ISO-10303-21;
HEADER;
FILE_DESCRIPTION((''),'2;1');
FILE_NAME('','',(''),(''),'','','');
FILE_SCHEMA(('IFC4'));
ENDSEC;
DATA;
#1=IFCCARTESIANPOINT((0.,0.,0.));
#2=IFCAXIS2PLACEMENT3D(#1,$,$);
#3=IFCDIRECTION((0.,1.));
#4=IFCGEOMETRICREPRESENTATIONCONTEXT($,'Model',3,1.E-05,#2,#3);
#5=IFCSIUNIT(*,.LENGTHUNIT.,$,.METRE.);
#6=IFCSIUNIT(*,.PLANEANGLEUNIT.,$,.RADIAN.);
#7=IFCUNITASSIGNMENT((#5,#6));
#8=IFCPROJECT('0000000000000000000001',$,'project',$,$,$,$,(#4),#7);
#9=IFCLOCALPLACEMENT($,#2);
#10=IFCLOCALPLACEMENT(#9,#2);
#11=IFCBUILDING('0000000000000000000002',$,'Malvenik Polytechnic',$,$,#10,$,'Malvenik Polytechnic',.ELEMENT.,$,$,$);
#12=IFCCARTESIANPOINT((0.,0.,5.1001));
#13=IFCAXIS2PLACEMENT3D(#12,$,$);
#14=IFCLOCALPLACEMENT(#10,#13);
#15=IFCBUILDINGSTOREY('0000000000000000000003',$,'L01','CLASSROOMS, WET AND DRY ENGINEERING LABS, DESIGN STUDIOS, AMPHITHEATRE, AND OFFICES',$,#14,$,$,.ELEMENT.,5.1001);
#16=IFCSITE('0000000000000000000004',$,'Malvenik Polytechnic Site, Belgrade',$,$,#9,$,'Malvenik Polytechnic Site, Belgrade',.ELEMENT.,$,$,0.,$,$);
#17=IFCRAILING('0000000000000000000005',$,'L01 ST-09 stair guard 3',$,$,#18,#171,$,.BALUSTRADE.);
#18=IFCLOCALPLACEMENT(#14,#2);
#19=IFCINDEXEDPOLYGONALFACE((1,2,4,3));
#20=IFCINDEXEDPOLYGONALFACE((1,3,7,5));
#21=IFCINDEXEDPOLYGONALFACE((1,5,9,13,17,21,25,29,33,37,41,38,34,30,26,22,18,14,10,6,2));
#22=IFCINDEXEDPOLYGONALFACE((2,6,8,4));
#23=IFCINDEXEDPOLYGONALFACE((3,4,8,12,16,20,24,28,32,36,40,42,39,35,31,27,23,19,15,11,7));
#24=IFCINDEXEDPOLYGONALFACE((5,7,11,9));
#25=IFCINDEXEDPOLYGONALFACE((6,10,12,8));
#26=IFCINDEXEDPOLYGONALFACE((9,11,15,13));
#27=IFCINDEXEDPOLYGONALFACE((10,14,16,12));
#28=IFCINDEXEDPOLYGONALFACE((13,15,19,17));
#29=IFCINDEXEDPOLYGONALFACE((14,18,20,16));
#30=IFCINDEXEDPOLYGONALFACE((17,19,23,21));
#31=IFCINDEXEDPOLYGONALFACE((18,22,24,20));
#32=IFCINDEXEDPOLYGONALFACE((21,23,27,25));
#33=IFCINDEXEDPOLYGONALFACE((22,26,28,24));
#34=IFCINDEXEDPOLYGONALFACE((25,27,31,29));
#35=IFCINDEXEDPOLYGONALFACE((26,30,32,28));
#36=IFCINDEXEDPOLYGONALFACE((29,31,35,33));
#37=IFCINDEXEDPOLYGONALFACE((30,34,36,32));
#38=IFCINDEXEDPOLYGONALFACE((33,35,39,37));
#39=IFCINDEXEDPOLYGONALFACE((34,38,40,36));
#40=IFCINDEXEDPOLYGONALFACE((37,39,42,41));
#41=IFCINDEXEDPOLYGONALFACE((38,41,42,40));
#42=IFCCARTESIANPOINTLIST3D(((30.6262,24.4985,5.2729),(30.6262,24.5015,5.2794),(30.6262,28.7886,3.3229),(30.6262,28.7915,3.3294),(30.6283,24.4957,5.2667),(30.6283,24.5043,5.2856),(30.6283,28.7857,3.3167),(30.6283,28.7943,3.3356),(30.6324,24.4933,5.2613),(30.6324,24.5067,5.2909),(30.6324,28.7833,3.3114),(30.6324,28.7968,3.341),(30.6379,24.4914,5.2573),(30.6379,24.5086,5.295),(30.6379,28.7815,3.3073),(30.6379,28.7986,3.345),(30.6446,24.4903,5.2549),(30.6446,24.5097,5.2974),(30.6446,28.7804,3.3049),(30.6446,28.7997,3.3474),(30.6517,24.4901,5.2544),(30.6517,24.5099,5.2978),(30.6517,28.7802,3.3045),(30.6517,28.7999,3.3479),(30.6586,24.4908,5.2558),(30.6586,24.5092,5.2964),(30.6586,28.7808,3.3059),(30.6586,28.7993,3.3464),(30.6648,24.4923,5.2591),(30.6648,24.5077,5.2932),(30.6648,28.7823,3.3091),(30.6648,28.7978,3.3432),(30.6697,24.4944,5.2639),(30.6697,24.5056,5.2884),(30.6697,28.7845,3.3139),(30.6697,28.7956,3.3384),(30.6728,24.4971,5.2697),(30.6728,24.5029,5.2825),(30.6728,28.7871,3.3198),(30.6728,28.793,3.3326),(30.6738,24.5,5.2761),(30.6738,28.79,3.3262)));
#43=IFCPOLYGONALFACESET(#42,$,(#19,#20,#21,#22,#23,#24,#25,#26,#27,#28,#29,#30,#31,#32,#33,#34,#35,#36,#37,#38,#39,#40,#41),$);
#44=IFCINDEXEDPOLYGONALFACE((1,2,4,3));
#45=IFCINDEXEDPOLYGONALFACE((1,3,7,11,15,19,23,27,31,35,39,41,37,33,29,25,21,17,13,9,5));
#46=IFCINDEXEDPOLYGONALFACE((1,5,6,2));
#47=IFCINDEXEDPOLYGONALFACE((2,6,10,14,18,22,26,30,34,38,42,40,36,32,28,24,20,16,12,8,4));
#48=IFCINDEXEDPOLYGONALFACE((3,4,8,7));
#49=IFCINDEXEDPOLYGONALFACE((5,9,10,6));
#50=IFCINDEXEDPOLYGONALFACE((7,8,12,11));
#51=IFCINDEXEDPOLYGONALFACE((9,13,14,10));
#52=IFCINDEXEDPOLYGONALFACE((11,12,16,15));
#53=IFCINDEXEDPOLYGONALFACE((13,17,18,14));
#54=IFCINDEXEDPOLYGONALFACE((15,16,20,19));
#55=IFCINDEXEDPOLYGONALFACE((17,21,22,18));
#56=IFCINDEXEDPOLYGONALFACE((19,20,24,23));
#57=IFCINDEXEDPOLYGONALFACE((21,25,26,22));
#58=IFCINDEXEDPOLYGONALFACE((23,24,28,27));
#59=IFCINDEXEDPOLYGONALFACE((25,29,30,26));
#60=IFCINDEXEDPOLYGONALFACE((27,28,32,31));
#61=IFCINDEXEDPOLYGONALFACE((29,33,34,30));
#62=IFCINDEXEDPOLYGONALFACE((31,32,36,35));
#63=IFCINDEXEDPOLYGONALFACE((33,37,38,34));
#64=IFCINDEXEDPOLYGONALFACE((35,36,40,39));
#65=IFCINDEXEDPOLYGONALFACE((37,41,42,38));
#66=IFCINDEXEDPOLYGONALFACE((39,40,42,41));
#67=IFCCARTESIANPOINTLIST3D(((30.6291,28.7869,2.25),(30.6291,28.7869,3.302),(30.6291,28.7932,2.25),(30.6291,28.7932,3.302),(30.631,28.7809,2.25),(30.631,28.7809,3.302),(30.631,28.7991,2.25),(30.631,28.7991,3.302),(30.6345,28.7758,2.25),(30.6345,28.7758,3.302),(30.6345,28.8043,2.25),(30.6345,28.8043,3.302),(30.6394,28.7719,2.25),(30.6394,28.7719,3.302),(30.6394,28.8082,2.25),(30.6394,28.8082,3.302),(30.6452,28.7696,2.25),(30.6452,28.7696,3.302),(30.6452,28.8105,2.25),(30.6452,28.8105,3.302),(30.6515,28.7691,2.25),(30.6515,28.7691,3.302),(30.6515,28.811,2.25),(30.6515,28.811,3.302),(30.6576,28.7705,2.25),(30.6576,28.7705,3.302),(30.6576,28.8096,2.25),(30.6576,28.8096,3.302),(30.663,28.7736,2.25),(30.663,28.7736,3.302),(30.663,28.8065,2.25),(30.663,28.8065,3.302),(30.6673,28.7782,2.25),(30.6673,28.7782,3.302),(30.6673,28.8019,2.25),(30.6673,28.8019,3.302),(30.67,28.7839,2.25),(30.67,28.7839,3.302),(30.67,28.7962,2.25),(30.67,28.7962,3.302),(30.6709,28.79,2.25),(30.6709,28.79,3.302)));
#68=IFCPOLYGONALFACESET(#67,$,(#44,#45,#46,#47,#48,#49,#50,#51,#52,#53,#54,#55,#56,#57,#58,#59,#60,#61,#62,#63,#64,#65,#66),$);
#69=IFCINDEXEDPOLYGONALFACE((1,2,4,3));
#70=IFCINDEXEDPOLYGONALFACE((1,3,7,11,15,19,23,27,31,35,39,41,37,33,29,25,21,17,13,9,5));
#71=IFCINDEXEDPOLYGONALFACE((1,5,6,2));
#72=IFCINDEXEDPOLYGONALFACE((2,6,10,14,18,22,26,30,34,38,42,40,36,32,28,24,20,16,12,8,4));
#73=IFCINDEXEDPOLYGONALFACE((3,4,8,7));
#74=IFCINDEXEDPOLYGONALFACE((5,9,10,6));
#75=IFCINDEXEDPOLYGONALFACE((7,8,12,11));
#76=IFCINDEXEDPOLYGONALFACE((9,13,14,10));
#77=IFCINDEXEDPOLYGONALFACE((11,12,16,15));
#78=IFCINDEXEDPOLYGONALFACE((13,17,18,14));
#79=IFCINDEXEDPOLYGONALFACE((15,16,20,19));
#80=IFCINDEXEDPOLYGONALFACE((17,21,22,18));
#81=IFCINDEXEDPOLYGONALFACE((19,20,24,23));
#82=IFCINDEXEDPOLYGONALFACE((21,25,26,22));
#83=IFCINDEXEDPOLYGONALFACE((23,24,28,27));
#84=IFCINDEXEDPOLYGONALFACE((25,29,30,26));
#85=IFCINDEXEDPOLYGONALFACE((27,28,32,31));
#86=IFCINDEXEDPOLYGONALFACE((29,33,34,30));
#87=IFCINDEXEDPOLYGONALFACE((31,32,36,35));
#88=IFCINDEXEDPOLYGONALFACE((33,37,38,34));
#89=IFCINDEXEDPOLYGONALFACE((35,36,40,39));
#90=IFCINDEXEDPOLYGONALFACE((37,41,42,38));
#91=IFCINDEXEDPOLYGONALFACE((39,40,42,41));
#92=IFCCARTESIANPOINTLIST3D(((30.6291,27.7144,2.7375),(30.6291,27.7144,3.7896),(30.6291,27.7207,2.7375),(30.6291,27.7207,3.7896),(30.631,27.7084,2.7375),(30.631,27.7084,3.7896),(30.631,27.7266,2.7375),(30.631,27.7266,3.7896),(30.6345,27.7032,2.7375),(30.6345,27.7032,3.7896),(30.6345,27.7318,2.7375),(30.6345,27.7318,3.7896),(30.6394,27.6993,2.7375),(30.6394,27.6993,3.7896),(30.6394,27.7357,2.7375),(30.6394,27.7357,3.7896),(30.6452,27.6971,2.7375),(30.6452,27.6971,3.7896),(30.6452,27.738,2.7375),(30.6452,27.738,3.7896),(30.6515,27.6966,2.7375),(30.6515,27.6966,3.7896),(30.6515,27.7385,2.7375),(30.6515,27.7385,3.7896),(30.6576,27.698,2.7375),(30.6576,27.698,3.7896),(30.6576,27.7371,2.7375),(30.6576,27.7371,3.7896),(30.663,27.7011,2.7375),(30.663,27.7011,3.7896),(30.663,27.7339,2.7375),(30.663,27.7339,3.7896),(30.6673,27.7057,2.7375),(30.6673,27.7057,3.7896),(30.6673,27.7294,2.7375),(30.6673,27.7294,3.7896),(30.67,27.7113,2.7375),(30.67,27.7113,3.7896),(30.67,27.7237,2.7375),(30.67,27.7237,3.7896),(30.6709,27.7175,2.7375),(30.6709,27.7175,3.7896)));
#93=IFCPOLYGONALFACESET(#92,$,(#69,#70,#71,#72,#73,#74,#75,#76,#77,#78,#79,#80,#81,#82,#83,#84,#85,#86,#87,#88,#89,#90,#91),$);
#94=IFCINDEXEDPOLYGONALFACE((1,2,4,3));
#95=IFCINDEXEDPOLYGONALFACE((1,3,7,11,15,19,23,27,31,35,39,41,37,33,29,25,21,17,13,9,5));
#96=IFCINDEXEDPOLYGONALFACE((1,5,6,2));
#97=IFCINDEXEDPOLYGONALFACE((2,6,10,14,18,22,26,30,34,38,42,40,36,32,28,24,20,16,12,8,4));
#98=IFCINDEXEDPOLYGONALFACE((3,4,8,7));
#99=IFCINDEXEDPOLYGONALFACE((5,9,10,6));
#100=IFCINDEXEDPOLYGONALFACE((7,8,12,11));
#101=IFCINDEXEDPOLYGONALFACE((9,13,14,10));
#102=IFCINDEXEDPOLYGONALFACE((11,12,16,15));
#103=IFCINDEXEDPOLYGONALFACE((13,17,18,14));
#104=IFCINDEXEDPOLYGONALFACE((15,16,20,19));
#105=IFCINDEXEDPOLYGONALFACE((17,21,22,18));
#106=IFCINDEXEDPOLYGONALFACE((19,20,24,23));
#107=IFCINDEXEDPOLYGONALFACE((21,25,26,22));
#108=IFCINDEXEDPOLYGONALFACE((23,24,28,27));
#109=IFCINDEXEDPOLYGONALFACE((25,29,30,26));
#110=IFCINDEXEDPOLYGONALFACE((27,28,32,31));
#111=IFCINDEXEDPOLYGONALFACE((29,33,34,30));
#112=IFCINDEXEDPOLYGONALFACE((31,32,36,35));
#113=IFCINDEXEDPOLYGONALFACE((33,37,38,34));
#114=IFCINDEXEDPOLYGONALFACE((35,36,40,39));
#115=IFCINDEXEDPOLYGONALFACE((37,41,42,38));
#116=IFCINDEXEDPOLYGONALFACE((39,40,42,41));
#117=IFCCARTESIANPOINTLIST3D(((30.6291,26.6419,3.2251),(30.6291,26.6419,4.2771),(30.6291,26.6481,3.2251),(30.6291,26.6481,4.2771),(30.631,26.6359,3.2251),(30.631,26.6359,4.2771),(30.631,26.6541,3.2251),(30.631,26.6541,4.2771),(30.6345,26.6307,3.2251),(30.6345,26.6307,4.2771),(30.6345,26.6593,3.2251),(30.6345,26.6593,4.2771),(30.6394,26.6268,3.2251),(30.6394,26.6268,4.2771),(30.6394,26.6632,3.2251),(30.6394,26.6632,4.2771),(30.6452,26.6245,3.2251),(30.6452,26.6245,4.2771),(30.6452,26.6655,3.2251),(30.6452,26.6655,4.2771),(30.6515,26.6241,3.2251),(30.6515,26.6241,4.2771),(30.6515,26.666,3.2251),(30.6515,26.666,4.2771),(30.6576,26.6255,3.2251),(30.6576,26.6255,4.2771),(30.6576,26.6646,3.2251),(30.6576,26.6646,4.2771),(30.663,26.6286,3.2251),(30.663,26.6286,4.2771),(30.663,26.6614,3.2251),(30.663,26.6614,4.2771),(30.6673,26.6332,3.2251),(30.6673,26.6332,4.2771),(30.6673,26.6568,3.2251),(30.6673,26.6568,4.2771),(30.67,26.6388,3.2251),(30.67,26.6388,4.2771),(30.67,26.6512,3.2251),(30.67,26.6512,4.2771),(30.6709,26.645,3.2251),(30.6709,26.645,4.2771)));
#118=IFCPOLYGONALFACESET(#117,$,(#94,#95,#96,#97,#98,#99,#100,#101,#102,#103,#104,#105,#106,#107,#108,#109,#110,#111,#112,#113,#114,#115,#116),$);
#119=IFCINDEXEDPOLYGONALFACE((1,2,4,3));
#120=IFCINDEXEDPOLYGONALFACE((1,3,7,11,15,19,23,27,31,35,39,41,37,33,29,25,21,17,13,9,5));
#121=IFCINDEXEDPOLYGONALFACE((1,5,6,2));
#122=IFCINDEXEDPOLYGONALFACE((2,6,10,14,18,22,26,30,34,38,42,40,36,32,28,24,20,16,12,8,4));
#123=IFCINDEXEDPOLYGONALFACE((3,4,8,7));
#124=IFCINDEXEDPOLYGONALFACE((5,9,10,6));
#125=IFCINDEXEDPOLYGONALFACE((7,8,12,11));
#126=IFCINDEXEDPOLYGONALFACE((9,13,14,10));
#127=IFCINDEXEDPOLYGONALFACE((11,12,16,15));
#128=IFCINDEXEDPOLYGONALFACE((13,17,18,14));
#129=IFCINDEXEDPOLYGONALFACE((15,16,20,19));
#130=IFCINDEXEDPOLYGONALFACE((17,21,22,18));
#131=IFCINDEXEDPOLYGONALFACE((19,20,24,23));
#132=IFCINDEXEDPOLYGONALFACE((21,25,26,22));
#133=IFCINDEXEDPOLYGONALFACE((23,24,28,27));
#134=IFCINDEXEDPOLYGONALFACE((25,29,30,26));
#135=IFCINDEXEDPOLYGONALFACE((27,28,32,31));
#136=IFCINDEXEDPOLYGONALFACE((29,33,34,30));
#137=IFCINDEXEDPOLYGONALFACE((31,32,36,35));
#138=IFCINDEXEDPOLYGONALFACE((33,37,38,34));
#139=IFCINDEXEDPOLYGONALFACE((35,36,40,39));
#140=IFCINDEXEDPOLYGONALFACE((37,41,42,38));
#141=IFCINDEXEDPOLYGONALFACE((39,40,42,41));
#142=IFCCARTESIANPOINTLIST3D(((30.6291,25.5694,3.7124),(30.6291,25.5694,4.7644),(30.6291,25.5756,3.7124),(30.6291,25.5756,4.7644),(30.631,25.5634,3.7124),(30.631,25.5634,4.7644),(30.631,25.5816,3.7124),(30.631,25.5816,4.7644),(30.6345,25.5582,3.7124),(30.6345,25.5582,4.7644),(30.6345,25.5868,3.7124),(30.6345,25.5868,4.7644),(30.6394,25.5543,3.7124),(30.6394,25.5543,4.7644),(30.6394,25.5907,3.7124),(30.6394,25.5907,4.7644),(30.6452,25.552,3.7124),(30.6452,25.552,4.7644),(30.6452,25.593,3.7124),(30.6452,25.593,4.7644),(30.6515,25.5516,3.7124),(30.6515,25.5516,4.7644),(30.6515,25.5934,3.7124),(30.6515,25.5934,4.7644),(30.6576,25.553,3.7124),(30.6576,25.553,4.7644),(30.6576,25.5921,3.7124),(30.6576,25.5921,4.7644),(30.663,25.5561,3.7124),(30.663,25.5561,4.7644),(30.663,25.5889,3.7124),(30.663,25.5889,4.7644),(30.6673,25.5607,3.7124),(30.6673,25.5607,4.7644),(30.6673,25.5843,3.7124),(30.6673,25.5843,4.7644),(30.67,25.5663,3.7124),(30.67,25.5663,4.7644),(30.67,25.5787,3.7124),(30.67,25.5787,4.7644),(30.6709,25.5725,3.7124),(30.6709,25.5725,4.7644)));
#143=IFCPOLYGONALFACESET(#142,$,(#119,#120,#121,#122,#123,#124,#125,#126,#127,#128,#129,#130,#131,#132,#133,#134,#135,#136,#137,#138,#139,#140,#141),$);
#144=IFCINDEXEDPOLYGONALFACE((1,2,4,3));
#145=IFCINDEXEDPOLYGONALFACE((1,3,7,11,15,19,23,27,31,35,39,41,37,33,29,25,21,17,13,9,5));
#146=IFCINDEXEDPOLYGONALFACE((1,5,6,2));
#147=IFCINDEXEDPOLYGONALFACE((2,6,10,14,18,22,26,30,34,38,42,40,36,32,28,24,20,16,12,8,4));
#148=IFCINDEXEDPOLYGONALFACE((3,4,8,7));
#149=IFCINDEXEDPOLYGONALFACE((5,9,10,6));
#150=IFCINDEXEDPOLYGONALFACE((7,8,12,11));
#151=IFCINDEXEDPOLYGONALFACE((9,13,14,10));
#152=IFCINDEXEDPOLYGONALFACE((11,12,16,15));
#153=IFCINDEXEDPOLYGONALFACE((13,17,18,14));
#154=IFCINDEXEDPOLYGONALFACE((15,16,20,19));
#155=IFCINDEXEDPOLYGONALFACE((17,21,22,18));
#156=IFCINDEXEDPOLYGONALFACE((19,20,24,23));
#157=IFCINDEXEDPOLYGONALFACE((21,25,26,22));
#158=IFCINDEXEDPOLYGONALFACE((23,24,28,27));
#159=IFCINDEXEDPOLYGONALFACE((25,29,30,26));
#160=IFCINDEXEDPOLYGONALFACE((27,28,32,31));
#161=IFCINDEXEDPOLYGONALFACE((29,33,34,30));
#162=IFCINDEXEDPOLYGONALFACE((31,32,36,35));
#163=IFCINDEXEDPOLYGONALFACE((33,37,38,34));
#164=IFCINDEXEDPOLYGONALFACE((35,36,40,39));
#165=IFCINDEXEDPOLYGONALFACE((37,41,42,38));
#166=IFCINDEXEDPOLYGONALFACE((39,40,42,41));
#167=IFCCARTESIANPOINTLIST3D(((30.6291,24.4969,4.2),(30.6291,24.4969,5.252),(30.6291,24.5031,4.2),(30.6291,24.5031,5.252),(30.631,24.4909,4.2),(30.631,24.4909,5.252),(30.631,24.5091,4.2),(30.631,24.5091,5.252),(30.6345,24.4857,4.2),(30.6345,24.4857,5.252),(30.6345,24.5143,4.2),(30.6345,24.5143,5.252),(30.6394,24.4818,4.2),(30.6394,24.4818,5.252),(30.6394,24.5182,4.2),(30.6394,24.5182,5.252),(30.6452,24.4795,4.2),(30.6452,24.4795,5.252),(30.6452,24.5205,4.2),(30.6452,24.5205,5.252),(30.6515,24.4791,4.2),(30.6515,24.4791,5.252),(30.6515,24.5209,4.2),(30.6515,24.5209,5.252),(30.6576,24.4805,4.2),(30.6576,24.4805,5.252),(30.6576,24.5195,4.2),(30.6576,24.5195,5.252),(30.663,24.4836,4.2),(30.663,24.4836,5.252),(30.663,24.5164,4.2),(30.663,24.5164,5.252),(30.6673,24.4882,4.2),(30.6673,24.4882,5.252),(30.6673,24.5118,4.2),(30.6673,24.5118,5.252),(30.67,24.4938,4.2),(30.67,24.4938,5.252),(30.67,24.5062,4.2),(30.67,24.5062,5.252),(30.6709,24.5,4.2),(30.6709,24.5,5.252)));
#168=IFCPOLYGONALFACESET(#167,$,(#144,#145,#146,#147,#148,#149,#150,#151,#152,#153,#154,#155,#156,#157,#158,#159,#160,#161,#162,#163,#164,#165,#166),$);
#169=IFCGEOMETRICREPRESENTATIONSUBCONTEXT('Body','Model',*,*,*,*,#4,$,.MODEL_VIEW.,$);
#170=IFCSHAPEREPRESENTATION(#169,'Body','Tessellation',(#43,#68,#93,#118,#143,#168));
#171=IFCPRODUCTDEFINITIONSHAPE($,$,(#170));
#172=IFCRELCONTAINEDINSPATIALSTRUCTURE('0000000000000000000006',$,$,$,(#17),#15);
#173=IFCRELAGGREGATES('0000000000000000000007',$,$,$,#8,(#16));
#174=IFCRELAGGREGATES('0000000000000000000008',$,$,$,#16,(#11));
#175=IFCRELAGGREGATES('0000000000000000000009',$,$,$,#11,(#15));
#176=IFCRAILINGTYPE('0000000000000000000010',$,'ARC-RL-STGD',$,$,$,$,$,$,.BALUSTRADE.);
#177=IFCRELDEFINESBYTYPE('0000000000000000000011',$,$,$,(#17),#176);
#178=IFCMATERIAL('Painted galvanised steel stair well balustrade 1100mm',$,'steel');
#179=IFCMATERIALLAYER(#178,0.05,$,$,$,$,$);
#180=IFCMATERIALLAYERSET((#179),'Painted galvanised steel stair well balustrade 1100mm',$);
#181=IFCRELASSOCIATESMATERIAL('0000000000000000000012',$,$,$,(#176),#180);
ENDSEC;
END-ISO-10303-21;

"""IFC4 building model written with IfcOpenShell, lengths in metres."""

from ifc_helpers import new_model, si_unit, direction, frame, origin, origin_2d, place, context, subcontext, project, spatial, circle, extrude, material, layer, layer_set, type_object, element, save


model = new_model("IFC4")

# Units and contexts
model_context = context("Model", 3, precision=1e-05, world=origin(), true_north=direction((0.0, 1.0)))
body_context = subcontext(model_context, "Body", "Model", "MODEL_VIEW")
ifc_project = project(units=[si_unit("LENGTHUNIT", "METRE"), si_unit("PLANEANGLEUNIT", "RADIAN")], contexts=[model_context])

# Site, building, storey
site_placement = place(None, origin())
site = spatial("IfcSite", under=ifc_project, at=site_placement, Name="Malvenik Polytechnic Site, Belgrade", LongName="Malvenik Polytechnic Site, Belgrade", CompositionType="ELEMENT", RefElevation=0.0)
building_placement = place(site_placement, origin())
building = spatial("IfcBuilding", under=site, at=building_placement, Name="Malvenik Polytechnic", LongName="Malvenik Polytechnic", CompositionType="ELEMENT")
storey_placement = place(building_placement, frame((0.0, 0.0, 5.1001)))
storey = spatial("IfcBuildingStorey", under=building, at=storey_placement, Name="L01", Description="CLASSROOMS, WET AND DRY ENGINEERING LABS, DESIGN STUDIOS, AMPHITHEATRE, AND OFFICES", CompositionType="ELEMENT", Elevation=5.1001)

# Railing
ifc_material_1 = material(Name="Painted galvanised steel stair well balustrade 1100mm", Category="steel")
ifc_layer_1 = layer(ifc_material_1, 0.05)
ifc_layer_set_1 = layer_set([ifc_layer_1], Name="Painted galvanised steel stair well balustrade 1100mm")
railing_type_1 = type_object("IfcRailingType", Name="ARC-RL-STGD", PredefinedType="BALUSTRADE", material=ifc_layer_set_1)
railing_1_placement = place(storey_placement, frame((30.6499, 28.79, 2.25)))
element("IfcRailing", 1, at=railing_1_placement, inside=storey, type_object=railing_type_1, Name="L01 ST-09 stair guard 3", PredefinedType="BALUSTRADE", context=body_context, shape_type="SweptSolid", body=[
    extrude(circle(Radius=0.0239, at=origin_2d()), frame((0.0, 0.0, 1.0762), z_axis=(0.0, -0.910372, 0.413791), x_axis=(1.0, 0.0, 0.0)), (0.0, 0.0, 1.0), 4.7124),
    extrude(circle(Radius=0.021, at=origin_2d()), origin(), (0.0, 0.0, 1.0), 1.052),
    extrude(circle(Radius=0.021, at=origin_2d()), frame((0.0, -1.0725, 0.4875)), (0.0, 0.0, 1.0), 1.052),
    extrude(circle(Radius=0.021, at=origin_2d()), frame((0.0, -2.145, 0.9751)), (0.0, 0.0, 1.0), 1.052),
    extrude(circle(Radius=0.021, at=origin_2d()), frame((0.0, -3.2175, 1.4624)), (0.0, 0.0, 1.0), 1.052),
    extrude(circle(Radius=0.021, at=origin_2d()), frame((0.0, -4.29, 1.95)), (0.0, 0.0, 1.0), 1.052),
])

save(model, "model.ifc")
